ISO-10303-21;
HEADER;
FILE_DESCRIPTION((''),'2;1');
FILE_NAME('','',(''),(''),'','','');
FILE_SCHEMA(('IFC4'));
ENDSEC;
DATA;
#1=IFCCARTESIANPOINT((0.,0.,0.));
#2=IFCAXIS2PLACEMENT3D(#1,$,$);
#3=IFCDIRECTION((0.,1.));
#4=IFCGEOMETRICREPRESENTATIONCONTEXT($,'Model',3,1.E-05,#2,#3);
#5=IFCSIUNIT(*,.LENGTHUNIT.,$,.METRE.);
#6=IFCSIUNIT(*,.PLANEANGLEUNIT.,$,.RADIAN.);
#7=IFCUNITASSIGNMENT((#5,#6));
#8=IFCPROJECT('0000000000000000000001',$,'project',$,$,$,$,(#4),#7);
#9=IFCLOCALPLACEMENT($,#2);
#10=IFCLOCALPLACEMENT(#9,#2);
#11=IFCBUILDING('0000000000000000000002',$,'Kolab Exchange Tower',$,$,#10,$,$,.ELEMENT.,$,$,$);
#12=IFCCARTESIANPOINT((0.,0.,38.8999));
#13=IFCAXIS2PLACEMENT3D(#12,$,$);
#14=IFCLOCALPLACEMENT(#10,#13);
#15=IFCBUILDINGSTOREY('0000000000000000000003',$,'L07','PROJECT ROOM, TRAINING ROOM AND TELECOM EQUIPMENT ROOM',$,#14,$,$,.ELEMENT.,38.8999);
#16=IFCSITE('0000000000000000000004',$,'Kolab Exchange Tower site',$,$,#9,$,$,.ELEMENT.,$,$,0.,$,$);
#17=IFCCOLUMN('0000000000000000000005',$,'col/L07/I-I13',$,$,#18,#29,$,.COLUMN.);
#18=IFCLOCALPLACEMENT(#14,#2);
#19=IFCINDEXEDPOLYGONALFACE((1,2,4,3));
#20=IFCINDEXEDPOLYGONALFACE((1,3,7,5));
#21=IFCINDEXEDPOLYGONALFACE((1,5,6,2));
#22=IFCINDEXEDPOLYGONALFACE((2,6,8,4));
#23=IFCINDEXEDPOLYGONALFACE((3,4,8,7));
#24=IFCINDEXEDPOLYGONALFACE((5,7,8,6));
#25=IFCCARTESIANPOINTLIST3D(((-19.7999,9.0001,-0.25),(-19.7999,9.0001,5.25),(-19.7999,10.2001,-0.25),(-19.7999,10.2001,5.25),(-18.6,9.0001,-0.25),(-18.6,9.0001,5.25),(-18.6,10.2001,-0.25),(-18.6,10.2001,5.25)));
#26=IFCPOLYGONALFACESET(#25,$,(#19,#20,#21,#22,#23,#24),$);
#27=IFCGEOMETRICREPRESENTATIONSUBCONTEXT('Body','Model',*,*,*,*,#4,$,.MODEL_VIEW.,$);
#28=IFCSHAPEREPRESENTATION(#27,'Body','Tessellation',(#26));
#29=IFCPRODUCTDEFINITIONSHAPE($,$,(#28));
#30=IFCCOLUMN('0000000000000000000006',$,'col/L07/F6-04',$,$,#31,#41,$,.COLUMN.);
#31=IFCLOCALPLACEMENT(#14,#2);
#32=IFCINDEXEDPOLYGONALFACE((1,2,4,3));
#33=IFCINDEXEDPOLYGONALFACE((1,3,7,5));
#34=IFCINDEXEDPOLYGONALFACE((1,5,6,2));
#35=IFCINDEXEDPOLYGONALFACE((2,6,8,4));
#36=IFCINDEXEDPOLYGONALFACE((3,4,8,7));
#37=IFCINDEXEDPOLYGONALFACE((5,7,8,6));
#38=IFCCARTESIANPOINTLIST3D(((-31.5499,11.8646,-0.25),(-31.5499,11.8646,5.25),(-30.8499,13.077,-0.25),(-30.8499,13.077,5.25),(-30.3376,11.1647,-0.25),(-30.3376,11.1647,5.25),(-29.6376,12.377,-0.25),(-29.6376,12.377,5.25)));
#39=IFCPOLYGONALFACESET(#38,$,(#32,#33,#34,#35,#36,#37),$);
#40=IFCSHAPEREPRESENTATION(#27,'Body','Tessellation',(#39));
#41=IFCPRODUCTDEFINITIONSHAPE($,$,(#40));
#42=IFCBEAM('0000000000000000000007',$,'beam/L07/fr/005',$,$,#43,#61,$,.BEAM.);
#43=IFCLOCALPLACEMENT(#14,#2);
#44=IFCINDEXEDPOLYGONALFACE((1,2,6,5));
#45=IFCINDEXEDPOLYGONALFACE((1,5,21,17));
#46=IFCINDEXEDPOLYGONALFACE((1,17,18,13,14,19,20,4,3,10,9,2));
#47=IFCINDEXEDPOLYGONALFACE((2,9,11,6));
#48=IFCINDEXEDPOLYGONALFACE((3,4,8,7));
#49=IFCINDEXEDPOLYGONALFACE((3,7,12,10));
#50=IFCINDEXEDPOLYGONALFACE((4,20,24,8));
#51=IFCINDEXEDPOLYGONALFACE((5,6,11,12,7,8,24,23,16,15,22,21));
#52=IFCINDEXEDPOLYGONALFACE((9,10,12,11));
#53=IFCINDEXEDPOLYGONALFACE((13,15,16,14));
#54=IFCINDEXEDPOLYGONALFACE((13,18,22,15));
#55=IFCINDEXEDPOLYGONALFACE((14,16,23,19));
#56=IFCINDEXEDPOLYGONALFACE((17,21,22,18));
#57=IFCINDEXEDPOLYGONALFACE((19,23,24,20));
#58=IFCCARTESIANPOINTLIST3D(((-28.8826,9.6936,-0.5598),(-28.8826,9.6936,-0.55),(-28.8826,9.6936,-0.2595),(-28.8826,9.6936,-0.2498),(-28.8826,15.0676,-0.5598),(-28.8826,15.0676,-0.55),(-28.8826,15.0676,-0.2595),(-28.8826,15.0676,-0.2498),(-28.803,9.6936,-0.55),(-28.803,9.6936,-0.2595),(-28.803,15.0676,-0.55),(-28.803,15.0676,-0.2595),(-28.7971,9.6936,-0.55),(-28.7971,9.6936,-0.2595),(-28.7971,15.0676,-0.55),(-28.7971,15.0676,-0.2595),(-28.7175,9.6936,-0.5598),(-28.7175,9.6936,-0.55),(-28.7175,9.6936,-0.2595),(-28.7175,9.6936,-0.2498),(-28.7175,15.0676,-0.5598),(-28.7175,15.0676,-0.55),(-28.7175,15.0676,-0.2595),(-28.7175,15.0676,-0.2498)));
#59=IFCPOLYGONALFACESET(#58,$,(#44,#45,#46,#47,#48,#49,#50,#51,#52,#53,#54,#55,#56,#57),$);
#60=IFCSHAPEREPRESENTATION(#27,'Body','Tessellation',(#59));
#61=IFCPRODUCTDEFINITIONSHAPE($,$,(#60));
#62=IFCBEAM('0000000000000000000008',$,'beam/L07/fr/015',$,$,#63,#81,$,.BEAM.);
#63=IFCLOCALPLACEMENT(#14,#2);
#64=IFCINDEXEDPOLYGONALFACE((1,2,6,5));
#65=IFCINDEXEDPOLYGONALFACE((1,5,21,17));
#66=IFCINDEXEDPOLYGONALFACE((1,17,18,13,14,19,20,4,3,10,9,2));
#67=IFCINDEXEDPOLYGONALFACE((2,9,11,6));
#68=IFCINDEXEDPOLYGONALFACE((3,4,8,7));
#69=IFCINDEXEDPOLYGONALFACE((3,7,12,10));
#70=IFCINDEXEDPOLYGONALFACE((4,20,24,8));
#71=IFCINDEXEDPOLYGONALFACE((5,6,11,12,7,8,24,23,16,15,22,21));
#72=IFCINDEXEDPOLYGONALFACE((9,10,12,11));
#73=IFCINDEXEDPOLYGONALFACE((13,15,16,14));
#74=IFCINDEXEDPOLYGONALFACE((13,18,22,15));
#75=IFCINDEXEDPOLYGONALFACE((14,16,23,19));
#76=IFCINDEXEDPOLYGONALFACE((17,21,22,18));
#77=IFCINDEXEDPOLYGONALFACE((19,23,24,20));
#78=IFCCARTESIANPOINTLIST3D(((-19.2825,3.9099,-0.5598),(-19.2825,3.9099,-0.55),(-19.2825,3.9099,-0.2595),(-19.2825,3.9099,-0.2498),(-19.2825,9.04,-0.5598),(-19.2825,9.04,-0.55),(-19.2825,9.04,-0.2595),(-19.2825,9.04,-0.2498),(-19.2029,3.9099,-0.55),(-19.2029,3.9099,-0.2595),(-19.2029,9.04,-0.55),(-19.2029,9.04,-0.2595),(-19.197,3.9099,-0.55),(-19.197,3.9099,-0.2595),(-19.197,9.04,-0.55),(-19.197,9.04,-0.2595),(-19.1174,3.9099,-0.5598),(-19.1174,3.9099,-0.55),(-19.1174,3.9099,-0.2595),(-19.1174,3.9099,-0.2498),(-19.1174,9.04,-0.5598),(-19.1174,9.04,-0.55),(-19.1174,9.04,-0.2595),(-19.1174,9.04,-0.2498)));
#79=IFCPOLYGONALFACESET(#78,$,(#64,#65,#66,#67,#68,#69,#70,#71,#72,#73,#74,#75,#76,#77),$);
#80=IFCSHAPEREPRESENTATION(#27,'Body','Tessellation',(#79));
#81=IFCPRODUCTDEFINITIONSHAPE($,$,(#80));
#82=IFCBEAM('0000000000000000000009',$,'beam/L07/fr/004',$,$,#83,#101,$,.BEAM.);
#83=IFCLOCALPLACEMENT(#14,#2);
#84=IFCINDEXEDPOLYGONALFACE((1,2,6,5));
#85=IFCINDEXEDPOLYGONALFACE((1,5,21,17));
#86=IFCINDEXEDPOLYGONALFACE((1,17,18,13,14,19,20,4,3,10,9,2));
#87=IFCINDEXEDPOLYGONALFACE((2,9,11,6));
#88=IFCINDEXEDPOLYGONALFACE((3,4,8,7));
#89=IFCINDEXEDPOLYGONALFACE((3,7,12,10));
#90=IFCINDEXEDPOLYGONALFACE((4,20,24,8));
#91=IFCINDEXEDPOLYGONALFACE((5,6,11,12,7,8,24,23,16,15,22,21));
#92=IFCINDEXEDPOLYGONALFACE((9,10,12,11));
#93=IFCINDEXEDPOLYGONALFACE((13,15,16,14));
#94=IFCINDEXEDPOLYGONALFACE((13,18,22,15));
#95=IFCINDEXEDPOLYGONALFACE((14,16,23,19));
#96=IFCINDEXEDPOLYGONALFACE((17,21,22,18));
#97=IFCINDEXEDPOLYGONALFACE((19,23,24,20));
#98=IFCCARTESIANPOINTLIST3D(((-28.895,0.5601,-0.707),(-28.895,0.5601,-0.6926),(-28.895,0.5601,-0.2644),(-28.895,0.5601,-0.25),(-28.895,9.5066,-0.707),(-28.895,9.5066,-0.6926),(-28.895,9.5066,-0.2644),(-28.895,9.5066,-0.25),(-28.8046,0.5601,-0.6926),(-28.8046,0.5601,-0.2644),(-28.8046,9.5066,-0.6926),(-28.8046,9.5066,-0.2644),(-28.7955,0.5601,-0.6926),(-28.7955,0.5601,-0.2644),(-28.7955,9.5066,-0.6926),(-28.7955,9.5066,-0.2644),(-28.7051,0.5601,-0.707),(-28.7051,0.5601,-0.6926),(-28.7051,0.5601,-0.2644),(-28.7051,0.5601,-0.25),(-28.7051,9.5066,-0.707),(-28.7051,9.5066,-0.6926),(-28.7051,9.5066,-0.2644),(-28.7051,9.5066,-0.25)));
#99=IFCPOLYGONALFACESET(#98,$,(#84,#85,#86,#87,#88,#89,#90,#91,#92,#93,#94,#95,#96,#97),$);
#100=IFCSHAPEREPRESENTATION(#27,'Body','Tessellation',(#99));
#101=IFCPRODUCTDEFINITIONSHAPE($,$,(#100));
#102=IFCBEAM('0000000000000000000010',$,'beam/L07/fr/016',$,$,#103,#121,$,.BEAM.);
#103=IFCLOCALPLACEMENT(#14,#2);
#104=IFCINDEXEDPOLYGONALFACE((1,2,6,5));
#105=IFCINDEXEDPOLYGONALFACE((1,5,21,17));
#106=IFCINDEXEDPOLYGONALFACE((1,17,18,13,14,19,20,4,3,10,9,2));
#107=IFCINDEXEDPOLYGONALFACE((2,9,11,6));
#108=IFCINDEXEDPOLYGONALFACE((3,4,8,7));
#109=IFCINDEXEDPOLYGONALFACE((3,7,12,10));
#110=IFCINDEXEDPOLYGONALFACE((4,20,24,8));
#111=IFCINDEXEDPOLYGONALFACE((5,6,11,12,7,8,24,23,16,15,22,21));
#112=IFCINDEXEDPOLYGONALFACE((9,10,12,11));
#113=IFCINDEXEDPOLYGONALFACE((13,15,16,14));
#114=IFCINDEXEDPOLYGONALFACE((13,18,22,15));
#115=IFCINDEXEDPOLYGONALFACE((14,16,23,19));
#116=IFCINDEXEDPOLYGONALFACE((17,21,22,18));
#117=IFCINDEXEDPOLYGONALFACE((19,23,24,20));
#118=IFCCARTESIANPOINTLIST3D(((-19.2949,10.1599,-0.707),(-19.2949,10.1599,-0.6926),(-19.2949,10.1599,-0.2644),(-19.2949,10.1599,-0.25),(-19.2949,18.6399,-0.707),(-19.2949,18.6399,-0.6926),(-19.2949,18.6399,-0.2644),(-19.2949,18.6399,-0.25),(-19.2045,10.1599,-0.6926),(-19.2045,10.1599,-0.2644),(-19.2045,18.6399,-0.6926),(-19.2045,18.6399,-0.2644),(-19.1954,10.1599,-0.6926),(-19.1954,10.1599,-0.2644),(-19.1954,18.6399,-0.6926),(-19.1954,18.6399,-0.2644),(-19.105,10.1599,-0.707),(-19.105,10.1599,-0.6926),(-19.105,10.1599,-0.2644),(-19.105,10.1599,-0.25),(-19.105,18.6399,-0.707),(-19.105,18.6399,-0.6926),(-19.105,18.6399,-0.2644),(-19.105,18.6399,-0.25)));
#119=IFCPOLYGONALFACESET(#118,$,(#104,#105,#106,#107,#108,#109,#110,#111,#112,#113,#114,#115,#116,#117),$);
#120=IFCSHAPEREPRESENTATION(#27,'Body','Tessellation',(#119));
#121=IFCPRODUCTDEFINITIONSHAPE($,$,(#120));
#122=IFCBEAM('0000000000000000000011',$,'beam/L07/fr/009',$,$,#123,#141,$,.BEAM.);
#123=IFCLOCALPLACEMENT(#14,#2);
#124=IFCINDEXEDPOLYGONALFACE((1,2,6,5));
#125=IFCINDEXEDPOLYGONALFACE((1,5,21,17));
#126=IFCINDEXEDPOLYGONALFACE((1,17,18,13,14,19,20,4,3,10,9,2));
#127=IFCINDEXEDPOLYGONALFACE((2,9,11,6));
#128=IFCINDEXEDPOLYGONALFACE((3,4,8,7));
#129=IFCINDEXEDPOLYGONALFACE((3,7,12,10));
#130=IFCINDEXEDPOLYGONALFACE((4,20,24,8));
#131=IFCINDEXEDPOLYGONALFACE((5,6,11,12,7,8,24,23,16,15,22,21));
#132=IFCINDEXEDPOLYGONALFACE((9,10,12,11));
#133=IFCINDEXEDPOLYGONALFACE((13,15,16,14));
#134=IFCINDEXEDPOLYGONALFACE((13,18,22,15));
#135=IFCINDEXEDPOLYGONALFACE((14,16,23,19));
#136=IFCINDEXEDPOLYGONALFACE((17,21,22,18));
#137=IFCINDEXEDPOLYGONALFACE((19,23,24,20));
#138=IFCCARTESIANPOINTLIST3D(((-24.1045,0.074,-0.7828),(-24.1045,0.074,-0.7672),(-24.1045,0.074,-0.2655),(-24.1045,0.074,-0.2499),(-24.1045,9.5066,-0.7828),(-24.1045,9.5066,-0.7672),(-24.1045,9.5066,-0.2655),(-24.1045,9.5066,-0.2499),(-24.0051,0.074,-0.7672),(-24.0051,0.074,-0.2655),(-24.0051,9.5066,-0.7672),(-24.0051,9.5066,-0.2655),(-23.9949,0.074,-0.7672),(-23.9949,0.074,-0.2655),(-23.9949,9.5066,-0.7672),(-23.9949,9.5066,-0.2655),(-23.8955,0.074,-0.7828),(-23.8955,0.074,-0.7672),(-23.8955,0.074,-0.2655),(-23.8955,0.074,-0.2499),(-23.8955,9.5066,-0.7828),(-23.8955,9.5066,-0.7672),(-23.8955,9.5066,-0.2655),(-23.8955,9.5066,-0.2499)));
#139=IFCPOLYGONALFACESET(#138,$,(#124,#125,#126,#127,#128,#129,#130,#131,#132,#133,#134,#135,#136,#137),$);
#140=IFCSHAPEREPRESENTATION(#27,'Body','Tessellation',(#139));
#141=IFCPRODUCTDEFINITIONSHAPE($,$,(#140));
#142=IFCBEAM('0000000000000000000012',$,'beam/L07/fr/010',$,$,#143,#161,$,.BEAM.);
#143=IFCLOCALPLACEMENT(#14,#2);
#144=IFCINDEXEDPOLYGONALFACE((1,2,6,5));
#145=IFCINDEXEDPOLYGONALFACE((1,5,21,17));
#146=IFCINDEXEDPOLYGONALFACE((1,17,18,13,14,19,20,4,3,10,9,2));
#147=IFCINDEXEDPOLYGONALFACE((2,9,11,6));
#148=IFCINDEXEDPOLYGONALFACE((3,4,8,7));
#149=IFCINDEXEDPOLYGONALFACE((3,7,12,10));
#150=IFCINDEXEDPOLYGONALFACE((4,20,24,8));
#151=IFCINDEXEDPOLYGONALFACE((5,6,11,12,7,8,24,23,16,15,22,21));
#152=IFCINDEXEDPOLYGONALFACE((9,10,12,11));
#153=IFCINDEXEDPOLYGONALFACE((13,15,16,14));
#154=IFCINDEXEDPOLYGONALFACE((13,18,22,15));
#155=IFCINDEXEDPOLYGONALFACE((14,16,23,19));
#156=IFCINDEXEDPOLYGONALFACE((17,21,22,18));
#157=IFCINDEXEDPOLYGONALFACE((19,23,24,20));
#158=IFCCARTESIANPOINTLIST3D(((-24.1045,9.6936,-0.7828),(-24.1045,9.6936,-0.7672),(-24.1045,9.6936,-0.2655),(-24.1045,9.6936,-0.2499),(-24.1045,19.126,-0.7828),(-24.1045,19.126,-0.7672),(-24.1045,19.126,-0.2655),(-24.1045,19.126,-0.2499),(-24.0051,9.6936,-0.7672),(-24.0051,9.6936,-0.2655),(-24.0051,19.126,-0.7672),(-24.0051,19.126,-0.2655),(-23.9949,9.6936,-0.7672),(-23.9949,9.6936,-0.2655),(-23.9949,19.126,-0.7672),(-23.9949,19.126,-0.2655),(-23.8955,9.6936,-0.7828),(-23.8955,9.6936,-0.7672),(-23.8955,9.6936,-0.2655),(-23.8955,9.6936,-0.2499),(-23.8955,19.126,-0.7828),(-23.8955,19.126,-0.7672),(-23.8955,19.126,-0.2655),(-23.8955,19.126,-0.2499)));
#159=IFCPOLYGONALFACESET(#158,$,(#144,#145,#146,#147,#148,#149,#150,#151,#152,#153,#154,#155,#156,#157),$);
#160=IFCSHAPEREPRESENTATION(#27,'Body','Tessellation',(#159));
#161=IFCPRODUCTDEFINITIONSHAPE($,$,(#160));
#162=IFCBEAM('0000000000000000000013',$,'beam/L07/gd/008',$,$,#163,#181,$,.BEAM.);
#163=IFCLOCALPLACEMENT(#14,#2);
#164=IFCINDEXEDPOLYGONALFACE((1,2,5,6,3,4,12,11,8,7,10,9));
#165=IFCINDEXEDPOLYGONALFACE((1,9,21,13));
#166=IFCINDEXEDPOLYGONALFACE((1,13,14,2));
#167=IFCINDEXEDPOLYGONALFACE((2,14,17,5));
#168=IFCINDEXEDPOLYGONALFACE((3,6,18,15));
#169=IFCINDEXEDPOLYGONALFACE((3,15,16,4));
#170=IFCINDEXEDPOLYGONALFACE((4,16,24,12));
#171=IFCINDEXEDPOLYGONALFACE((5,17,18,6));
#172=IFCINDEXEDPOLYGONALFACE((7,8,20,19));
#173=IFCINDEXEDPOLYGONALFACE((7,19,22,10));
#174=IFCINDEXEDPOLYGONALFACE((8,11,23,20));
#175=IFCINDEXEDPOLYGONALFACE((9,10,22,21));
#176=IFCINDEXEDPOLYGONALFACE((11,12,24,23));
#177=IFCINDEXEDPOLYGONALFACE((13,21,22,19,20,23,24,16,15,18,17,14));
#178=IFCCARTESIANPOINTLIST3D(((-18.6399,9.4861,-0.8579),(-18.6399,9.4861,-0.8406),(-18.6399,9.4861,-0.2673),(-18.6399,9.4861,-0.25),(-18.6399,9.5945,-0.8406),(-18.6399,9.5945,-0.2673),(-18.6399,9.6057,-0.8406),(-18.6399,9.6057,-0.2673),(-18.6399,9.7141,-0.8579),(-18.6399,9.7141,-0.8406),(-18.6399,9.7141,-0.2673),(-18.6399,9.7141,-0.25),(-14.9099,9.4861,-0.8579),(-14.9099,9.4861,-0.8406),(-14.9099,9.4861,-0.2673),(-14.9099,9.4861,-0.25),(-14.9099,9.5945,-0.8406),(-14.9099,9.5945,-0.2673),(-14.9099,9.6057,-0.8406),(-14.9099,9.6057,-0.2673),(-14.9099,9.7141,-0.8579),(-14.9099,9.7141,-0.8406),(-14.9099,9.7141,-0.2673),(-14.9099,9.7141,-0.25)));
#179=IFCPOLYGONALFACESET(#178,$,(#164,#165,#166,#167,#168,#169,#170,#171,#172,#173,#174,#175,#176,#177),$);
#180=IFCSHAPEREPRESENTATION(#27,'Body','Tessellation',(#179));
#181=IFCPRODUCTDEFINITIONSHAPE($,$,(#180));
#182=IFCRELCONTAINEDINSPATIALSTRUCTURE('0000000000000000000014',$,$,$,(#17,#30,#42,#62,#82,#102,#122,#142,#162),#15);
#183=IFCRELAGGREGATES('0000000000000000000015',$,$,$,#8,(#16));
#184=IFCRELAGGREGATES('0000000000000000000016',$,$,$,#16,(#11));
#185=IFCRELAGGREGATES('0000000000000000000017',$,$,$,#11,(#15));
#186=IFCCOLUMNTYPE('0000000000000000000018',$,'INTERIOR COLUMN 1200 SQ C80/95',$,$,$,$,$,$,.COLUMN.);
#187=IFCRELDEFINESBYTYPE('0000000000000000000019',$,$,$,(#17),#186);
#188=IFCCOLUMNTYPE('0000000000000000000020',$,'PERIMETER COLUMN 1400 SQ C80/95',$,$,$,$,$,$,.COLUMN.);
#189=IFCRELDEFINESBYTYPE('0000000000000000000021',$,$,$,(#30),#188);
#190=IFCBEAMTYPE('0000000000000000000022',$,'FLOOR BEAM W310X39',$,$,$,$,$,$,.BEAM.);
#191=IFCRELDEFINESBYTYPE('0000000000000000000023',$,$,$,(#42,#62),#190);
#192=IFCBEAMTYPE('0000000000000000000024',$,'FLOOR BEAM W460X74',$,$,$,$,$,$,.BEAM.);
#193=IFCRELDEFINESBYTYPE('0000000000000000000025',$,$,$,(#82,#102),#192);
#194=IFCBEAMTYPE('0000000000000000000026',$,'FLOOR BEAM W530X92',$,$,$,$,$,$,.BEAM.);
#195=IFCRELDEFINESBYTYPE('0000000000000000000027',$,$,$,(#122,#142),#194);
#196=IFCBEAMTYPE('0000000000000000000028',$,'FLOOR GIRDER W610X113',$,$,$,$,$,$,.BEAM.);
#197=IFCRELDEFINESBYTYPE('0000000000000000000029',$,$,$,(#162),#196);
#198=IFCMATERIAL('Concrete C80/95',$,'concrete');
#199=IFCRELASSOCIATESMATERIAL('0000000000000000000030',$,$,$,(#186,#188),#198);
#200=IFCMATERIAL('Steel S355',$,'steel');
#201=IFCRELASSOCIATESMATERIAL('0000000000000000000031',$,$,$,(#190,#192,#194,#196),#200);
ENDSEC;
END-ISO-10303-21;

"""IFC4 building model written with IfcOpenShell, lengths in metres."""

from ifc_helpers import new_model, si_unit, direction, frame, origin, origin_2d, place, context, subcontext, project, spatial, rectangle, i_section, extrude, material, material_profile, profile_set, type_object, element, save


model = new_model("IFC4")

# Units and contexts
model_context = context("Model", 3, precision=1e-05, world=origin(), true_north=direction((0.0, 1.0)))
body_context = subcontext(model_context, "Body", "Model", "MODEL_VIEW")
ifc_project = project(units=[si_unit("LENGTHUNIT", "METRE"), si_unit("PLANEANGLEUNIT", "RADIAN")], contexts=[model_context])

# Site, building, storey
site_placement = place(None, origin())
site = spatial("IfcSite", under=ifc_project, at=site_placement, Name="Kolab Exchange Tower site", CompositionType="ELEMENT", RefElevation=0.0)
building_placement = place(site_placement, origin())
building = spatial("IfcBuilding", under=site, at=building_placement, Name="Kolab Exchange Tower", CompositionType="ELEMENT")
storey_placement = place(building_placement, frame((0.0, 0.0, 38.8999)))
storey = spatial("IfcBuildingStorey", under=building, at=storey_placement, Name="L07", Description="PROJECT ROOM, TRAINING ROOM AND TELECOM EQUIPMENT ROOM", CompositionType="ELEMENT", Elevation=38.8999)

# Columns
ifc_material_1 = material(Name="Concrete C80/95", Category="concrete")
ifc_material_profile_1 = material_profile(ifc_material_1, rectangle(XDim=1.2, YDim=1.2, at=origin_2d()), Name="RC1200")
ifc_profile_set_1 = profile_set([ifc_material_profile_1], Name="Concrete C80/95")
column_type_1 = type_object("IfcColumnType", Name="INTERIOR COLUMN 1200 SQ C80/95", PredefinedType="COLUMN", material=ifc_profile_set_1)
column_1_placement = place(storey_placement, frame((-19.2, 9.6001, -0.25), z_axis=(0.0, 0.0, 1.0), x_axis=(1.0, 0.0, 0.0)))
element("IfcColumn", 1, at=column_1_placement, inside=storey, type_object=column_type_1, Name="col/L07/I-I13", PredefinedType="COLUMN", context=body_context, shape_type="SweptSolid", body=[
    extrude(rectangle(XDim=1.2, YDim=1.2, at=origin_2d()), origin(), (0.0, 0.0, 1.0), 5.5),
])
ifc_material_profile_2 = material_profile(ifc_material_1, rectangle(XDim=1.3999, YDim=1.3999, at=origin_2d()), Name="RC1400")
ifc_profile_set_2 = profile_set([ifc_material_profile_2], Name="Concrete C80/95")
column_type_2 = type_object("IfcColumnType", Name="PERIMETER COLUMN 1400 SQ C80/95", PredefinedType="COLUMN", material=ifc_profile_set_2)
column_2_placement = place(storey_placement, frame((-30.5938, 12.1208, -0.25), z_axis=(0.0, 0.0, 1.0), x_axis=(0.5, 0.866025, 0.0)))
element("IfcColumn", 2, at=column_2_placement, inside=storey, type_object=column_type_2, Name="col/L07/F6-04", PredefinedType="COLUMN", context=body_context, shape_type="SweptSolid", body=[
    extrude(rectangle(XDim=1.3999, YDim=1.3999, at=origin_2d()), origin(), (0.0, 0.0, 1.0), 5.5),
])

# Beams
ifc_material_2 = material(Name="Steel S355", Category="steel")
ifc_material_profile_3 = material_profile(ifc_material_2, i_section(OverallWidth=0.165, OverallDepth=0.3101, WebThickness=0.0059, FlangeThickness=0.0098, at=origin_2d()), Name="W310X39")
ifc_profile_set_3 = profile_set([ifc_material_profile_3], Name="Steel S355")
beam_type_1 = type_object("IfcBeamType", Name="FLOOR BEAM W310X39", PredefinedType="BEAM", material=ifc_profile_set_3)
beam_1_placement = place(storey_placement, frame((-28.8, 9.6936, -0.4048), z_axis=(0.0, 1.0, 0.0), x_axis=(-1.0, 0.0, 0.0)))
element("IfcBeam", 3, at=beam_1_placement, inside=storey, type_object=beam_type_1, Name="beam/L07/fr/005", PredefinedType="BEAM", context=body_context, shape_type="SweptSolid", body=[
    extrude(i_section(OverallWidth=0.165, OverallDepth=0.3101, WebThickness=0.0059, FlangeThickness=0.0098, at=origin_2d()), origin(), (0.0, 0.0, 1.0), 5.374),
])
beam_2_placement = place(storey_placement, frame((-19.2, 3.9099, -0.4048), z_axis=(0.0, 1.0, 0.0), x_axis=(-1.0, 0.0, 0.0)))
element("IfcBeam", 4, at=beam_2_placement, inside=storey, type_object=beam_type_1, Name="beam/L07/fr/015", PredefinedType="BEAM", context=body_context, shape_type="SweptSolid", body=[
    extrude(i_section(OverallWidth=0.165, OverallDepth=0.3101, WebThickness=0.0059, FlangeThickness=0.0098, at=origin_2d()), origin(), (0.0, 0.0, 1.0), 5.1301),
])
ifc_material_profile_4 = material_profile(ifc_material_2, i_section(OverallWidth=0.1899, OverallDepth=0.457, WebThickness=0.009, FlangeThickness=0.0144, at=origin_2d()), Name="W460X74")
ifc_profile_set_4 = profile_set([ifc_material_profile_4], Name="Steel S355")
beam_type_2 = type_object("IfcBeamType", Name="FLOOR BEAM W460X74", PredefinedType="BEAM", material=ifc_profile_set_4)
beam_3_placement = place(storey_placement, frame((-28.8, 0.5601, -0.4785), z_axis=(0.0, 1.0, 0.0), x_axis=(-1.0, 0.0, 0.0)))
element("IfcBeam", 5, at=beam_3_placement, inside=storey, type_object=beam_type_2, Name="beam/L07/fr/004", PredefinedType="BEAM", context=body_context, shape_type="SweptSolid", body=[
    extrude(i_section(OverallWidth=0.1899, OverallDepth=0.457, WebThickness=0.009, FlangeThickness=0.0144, at=origin_2d()), origin(), (0.0, 0.0, 1.0), 8.9465),
])
beam_4_placement = place(storey_placement, frame((-19.2, 10.1599, -0.4785), z_axis=(0.0, 1.0, 0.0), x_axis=(-1.0, 0.0, 0.0)))
element("IfcBeam", 6, at=beam_4_placement, inside=storey, type_object=beam_type_2, Name="beam/L07/fr/016", PredefinedType="BEAM", context=body_context, shape_type="SweptSolid", body=[
    extrude(i_section(OverallWidth=0.1899, OverallDepth=0.457, WebThickness=0.009, FlangeThickness=0.0144, at=origin_2d()), origin(), (0.0, 0.0, 1.0), 8.48),
])
ifc_material_profile_5 = material_profile(ifc_material_2, i_section(OverallWidth=0.209, OverallDepth=0.533, WebThickness=0.0103, FlangeThickness=0.0156, at=origin_2d()), Name="W530X92")
ifc_profile_set_5 = profile_set([ifc_material_profile_5], Name="Steel S355")
beam_type_3 = type_object("IfcBeamType", Name="FLOOR BEAM W530X92", PredefinedType="BEAM", material=ifc_profile_set_5)
beam_5_placement = place(storey_placement, frame((-24.0, 0.074, -0.5164), z_axis=(0.0, 1.0, 0.0), x_axis=(-1.0, 0.0, 0.0)))
element("IfcBeam", 7, at=beam_5_placement, inside=storey, type_object=beam_type_3, Name="beam/L07/fr/009", PredefinedType="BEAM", context=body_context, shape_type="SweptSolid", body=[
    extrude(i_section(OverallWidth=0.209, OverallDepth=0.533, WebThickness=0.0103, FlangeThickness=0.0156, at=origin_2d()), origin(), (0.0, 0.0, 1.0), 9.4326),
])
beam_6_placement = place(storey_placement, frame((-24.0, 9.6936, -0.5164), z_axis=(0.0, 1.0, 0.0), x_axis=(-1.0, 0.0, 0.0)))
element("IfcBeam", 8, at=beam_6_placement, inside=storey, type_object=beam_type_3, Name="beam/L07/fr/010", PredefinedType="BEAM", context=body_context, shape_type="SweptSolid", body=[
    extrude(i_section(OverallWidth=0.209, OverallDepth=0.533, WebThickness=0.0103, FlangeThickness=0.0156, at=origin_2d()), origin(), (0.0, 0.0, 1.0), 9.4324),
])
ifc_material_profile_6 = material_profile(ifc_material_2, i_section(OverallWidth=0.228, OverallDepth=0.6079, WebThickness=0.0112, FlangeThickness=0.0173, at=origin_2d()), Name="W610X113")
ifc_profile_set_6 = profile_set([ifc_material_profile_6], Name="Steel S355")
beam_type_4 = type_object("IfcBeamType", Name="FLOOR GIRDER W610X113", PredefinedType="BEAM", material=ifc_profile_set_6)
beam_7_placement = place(storey_placement, frame((-18.6399, 9.6001, -0.554), z_axis=(1.0, 0.0, 0.0), x_axis=(0.0, 1.0, 0.0)))
element("IfcBeam", 9, at=beam_7_placement, inside=storey, type_object=beam_type_4, Name="beam/L07/gd/008", PredefinedType="BEAM", context=body_context, shape_type="SweptSolid", body=[
    extrude(i_section(OverallWidth=0.228, OverallDepth=0.6079, WebThickness=0.0112, FlangeThickness=0.0173, at=origin_2d()), origin(), (0.0, 0.0, 1.0), 3.73),
])

save(model, "model.ifc")
